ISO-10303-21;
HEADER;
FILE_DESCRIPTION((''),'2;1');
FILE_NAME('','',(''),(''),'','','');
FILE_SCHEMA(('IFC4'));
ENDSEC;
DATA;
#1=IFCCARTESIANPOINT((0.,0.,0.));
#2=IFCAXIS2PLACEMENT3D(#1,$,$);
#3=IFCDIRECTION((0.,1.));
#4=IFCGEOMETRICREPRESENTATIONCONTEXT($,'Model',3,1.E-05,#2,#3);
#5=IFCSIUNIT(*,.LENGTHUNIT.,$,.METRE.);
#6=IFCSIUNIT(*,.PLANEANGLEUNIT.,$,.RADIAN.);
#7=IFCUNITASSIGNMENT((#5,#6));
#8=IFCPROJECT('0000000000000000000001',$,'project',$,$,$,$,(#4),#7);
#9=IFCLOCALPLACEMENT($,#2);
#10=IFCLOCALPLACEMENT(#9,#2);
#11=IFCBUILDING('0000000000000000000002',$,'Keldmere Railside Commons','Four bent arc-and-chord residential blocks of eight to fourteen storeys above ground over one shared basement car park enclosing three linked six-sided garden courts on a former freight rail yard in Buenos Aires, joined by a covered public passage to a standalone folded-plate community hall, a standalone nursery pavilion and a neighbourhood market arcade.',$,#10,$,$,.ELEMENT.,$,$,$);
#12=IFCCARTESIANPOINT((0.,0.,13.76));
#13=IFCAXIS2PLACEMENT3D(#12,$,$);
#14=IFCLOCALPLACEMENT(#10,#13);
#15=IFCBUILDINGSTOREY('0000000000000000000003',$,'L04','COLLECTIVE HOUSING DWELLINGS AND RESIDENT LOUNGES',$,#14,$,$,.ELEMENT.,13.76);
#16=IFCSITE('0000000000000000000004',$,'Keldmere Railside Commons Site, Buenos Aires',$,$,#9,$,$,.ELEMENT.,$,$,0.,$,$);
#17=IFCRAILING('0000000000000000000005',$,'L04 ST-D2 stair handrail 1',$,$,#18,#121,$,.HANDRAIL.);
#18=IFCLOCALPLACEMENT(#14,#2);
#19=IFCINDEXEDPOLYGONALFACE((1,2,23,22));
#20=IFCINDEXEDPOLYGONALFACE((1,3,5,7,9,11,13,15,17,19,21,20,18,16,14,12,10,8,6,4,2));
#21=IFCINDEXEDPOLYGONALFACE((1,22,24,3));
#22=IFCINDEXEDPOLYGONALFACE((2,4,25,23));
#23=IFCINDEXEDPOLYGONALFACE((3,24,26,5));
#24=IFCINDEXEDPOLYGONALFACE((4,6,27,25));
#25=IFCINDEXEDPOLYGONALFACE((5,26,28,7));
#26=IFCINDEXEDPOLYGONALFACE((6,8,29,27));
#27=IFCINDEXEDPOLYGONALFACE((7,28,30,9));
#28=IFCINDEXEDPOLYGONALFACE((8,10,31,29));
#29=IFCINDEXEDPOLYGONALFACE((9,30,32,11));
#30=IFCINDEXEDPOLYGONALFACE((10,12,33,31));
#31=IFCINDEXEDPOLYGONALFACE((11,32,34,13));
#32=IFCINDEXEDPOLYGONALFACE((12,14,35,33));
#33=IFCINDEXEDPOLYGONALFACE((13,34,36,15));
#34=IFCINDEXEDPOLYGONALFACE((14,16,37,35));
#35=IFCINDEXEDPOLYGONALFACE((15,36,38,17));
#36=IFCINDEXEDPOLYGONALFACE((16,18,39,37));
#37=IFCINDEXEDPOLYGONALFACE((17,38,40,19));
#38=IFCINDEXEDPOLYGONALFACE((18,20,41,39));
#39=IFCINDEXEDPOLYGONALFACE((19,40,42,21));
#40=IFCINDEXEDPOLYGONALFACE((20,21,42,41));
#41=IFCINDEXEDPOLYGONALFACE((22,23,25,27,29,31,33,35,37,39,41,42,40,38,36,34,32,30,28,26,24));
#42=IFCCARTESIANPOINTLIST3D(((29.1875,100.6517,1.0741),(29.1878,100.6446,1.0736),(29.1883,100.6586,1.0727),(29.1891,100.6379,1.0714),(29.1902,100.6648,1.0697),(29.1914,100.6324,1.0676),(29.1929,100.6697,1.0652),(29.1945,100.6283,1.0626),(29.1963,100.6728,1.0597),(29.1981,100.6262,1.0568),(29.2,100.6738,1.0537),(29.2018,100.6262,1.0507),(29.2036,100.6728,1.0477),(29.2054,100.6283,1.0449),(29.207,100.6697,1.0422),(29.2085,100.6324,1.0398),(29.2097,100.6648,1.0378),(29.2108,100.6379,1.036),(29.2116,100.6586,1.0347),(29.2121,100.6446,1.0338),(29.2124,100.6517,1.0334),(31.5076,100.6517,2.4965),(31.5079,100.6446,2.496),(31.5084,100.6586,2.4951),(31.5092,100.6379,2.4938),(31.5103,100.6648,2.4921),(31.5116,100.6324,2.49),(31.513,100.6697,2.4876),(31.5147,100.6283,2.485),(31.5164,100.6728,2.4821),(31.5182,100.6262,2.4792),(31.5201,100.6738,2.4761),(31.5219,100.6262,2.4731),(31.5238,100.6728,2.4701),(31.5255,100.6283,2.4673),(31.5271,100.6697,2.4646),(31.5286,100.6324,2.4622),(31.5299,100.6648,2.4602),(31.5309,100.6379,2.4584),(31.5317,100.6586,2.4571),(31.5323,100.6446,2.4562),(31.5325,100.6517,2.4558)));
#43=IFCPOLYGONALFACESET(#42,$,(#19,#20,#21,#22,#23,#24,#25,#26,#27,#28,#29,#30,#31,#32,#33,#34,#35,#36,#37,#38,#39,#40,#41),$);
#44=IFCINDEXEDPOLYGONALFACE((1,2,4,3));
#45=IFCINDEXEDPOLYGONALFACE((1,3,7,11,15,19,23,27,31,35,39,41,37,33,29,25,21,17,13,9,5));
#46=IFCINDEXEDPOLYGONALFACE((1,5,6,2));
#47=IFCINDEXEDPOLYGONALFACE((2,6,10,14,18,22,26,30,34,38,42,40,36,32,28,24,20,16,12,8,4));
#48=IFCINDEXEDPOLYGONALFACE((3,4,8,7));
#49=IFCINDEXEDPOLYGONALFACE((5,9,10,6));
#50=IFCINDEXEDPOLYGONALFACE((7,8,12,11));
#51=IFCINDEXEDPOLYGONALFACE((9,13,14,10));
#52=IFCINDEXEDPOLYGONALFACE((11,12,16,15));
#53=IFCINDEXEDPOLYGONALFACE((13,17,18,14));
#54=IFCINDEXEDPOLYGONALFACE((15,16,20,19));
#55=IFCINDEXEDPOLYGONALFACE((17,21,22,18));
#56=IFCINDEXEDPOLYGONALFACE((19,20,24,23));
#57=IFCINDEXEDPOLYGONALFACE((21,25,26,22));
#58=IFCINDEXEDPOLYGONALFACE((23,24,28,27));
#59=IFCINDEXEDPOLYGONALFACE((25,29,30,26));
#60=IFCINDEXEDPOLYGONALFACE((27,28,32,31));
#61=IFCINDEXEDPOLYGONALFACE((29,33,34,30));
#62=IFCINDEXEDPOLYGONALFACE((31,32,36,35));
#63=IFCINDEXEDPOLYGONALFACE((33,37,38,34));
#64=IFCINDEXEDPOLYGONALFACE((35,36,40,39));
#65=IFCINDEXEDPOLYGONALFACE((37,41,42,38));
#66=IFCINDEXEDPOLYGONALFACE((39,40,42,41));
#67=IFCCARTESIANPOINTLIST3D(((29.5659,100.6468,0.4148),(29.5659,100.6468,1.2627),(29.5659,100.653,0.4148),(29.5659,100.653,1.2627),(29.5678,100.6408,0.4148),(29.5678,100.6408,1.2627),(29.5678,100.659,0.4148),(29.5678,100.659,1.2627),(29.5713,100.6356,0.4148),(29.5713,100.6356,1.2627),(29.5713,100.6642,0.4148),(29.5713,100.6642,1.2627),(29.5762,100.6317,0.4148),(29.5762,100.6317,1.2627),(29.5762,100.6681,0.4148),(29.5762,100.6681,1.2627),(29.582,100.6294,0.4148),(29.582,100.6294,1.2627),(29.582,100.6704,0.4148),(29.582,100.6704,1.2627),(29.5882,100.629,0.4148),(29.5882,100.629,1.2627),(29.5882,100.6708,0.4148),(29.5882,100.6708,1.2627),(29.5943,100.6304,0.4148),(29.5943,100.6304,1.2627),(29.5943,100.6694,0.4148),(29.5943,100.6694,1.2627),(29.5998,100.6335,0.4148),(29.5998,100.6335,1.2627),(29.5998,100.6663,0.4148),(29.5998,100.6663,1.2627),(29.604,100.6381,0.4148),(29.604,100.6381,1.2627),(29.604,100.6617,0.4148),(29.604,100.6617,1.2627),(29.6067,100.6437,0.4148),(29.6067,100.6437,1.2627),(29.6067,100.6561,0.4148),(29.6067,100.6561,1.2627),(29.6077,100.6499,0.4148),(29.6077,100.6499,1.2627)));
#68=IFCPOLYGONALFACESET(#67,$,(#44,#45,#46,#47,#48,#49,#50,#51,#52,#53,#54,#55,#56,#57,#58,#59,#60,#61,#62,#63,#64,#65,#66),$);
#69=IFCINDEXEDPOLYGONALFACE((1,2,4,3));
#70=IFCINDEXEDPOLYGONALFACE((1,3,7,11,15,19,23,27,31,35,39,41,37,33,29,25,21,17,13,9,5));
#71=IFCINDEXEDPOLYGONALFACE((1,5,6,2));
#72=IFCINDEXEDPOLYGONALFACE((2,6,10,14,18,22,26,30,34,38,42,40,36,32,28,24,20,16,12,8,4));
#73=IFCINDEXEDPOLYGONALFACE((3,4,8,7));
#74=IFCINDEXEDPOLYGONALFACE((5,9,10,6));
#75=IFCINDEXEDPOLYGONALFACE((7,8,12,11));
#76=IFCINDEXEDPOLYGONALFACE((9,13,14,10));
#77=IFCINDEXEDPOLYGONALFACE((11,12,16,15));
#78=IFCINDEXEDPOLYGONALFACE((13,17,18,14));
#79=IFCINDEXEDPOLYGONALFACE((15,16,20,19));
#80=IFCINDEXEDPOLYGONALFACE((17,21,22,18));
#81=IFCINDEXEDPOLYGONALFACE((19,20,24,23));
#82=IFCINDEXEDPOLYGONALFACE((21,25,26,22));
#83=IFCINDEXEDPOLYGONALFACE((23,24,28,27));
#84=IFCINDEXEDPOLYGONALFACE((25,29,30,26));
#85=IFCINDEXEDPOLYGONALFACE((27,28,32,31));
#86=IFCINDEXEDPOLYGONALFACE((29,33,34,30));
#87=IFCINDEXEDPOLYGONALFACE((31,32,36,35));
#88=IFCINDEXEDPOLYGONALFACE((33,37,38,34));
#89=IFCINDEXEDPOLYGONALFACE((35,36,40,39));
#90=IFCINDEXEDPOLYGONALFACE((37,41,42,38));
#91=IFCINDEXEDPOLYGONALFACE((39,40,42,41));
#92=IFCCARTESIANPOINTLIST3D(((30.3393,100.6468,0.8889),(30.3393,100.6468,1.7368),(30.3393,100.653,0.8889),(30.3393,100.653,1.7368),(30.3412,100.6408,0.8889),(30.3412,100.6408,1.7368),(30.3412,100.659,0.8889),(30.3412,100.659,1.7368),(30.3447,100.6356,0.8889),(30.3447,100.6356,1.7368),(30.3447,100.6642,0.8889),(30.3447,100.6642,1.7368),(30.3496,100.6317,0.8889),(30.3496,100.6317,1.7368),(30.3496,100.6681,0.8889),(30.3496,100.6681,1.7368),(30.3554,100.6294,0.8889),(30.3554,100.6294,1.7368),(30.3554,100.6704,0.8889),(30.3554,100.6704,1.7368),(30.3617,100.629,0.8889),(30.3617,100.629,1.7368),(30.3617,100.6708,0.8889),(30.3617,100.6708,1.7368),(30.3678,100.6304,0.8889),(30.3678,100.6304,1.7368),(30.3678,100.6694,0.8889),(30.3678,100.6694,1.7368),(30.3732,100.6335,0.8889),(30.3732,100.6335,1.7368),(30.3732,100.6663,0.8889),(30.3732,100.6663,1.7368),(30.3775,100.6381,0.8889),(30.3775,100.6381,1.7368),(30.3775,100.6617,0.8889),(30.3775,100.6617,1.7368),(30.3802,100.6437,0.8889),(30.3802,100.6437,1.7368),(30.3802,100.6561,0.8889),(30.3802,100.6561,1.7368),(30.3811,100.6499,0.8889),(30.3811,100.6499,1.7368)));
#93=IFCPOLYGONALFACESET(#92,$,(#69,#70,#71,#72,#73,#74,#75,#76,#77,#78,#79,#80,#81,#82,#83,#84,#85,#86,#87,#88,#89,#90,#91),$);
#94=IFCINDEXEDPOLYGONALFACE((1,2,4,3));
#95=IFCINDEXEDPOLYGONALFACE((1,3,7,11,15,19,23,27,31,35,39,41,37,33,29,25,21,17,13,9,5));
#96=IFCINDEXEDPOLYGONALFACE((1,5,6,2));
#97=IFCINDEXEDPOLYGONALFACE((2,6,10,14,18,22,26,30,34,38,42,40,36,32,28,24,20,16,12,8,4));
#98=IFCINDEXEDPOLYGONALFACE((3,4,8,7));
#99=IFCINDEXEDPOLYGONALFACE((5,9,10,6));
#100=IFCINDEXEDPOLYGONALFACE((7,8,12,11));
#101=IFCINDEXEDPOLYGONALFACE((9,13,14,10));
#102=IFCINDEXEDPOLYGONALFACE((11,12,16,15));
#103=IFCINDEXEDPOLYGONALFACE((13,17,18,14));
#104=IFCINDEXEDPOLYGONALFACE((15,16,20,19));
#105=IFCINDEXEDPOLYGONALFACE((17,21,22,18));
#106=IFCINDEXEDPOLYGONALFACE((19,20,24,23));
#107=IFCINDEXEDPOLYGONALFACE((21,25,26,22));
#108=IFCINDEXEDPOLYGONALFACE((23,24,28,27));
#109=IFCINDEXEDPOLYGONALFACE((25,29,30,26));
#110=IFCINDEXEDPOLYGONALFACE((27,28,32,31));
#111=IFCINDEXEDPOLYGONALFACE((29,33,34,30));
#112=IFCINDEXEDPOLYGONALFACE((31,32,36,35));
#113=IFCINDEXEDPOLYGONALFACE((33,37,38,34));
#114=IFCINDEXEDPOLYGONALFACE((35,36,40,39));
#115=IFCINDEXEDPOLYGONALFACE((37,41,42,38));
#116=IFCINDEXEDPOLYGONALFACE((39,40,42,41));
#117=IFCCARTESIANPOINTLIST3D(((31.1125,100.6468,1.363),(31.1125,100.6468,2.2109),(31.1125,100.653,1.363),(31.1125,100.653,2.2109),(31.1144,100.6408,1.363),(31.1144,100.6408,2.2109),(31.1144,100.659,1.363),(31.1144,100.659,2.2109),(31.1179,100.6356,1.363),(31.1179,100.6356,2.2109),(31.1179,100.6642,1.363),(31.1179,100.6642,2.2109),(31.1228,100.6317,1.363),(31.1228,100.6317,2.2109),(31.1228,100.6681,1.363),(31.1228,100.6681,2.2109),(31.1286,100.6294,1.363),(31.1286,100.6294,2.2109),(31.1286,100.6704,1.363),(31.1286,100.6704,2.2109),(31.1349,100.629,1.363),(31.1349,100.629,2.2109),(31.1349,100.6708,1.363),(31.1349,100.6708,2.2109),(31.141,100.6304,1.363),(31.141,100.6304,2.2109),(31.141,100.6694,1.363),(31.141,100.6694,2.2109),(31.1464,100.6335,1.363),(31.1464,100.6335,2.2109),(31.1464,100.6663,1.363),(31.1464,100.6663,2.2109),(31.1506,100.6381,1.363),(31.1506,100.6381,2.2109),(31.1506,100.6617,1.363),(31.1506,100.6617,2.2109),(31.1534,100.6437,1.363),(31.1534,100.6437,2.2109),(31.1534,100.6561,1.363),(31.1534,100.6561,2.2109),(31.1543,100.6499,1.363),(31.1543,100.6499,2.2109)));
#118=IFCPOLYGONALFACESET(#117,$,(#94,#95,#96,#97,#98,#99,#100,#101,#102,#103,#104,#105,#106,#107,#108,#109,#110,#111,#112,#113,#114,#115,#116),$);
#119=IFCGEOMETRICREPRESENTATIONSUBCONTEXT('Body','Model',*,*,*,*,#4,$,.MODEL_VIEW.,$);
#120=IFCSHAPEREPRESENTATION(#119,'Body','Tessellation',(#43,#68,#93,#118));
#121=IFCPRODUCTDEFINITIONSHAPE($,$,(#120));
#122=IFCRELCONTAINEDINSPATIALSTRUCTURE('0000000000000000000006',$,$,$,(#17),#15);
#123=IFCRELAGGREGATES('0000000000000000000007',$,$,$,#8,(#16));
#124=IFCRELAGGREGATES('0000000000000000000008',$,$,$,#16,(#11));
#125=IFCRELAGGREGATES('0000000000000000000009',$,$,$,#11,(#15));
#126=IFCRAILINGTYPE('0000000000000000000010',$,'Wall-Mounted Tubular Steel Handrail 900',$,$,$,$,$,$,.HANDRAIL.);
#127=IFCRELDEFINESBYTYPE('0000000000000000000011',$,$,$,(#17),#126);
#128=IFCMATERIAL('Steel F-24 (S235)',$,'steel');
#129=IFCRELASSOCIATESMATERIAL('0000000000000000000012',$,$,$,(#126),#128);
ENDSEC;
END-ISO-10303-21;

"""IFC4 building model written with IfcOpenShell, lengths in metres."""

from ifc_helpers import new_model, si_unit, direction, frame, origin, origin_2d, place, context, subcontext, project, spatial, circle, extrude, material, type_object, element, save


model = new_model("IFC4")

# Units and contexts
model_context = context("Model", 3, precision=1e-05, world=origin(), true_north=direction((0.0, 1.0)))
body_context = subcontext(model_context, "Body", "Model", "MODEL_VIEW")
ifc_project = project(units=[si_unit("LENGTHUNIT", "METRE"), si_unit("PLANEANGLEUNIT", "RADIAN")], contexts=[model_context])

# Site, building, storey
site_placement = place(None, origin())
site = spatial("IfcSite", under=ifc_project, at=site_placement, Name="Keldmere Railside Commons Site, Buenos Aires", CompositionType="ELEMENT", RefElevation=0.0)
building_placement = place(site_placement, origin())
building = spatial("IfcBuilding", under=site, at=building_placement, Name="Keldmere Railside Commons", Description="Four bent arc-and-chord residential blocks of eight to fourteen storeys above ground over one shared basement car park enclosing three linked six-sided garden courts on a former freight rail yard in Buenos Aires, joined by a covered public passage to a standalone folded-plate community hall, a standalone nursery pavilion and a neighbourhood market arcade.", CompositionType="ELEMENT")
storey_placement = place(building_placement, frame((0.0, 0.0, 13.76)))
storey = spatial("IfcBuildingStorey", under=building, at=storey_placement, Name="L04", Description="COLLECTIVE HOUSING DWELLINGS AND RESIDENT LOUNGES", CompositionType="ELEMENT", Elevation=13.76)

# Railing
ifc_material_1 = material(Name="Steel F-24 (S235)", Category="steel")
railing_type_1 = type_object("IfcRailingType", Name="Wall-Mounted Tubular Steel Handrail 900", PredefinedType="HANDRAIL", material=ifc_material_1)
railing_1_placement = place(storey_placement, frame((29.2, 100.6499, 0.1777)))
element("IfcRailing", 1, at=railing_1_placement, inside=storey, type_object=railing_type_1, Name="L04 ST-D2 stair handrail 1", PredefinedType="HANDRAIL", context=body_context, shape_type="SweptSolid", body=[
    extrude(circle(Radius=0.0239, at=origin_2d()), frame((0.0, 0.0, 0.876), z_axis=(0.852538, 0.0, 0.522665), x_axis=(0.0, 1.0, 0.0)), (0.0, 0.0, 1.0), 2.7214),
    extrude(circle(Radius=0.021, at=origin_2d()), frame((0.3867, 0.0, 0.2371)), (0.0, 0.0, 1.0), 0.8479),
    extrude(circle(Radius=0.021, at=origin_2d()), frame((1.1602, 0.0, 0.7112)), (0.0, 0.0, 1.0), 0.8479),
    extrude(circle(Radius=0.021, at=origin_2d()), frame((1.9333, 0.0, 1.1853)), (0.0, 0.0, 1.0), 0.8479),
])

save(model, "model.ifc")
